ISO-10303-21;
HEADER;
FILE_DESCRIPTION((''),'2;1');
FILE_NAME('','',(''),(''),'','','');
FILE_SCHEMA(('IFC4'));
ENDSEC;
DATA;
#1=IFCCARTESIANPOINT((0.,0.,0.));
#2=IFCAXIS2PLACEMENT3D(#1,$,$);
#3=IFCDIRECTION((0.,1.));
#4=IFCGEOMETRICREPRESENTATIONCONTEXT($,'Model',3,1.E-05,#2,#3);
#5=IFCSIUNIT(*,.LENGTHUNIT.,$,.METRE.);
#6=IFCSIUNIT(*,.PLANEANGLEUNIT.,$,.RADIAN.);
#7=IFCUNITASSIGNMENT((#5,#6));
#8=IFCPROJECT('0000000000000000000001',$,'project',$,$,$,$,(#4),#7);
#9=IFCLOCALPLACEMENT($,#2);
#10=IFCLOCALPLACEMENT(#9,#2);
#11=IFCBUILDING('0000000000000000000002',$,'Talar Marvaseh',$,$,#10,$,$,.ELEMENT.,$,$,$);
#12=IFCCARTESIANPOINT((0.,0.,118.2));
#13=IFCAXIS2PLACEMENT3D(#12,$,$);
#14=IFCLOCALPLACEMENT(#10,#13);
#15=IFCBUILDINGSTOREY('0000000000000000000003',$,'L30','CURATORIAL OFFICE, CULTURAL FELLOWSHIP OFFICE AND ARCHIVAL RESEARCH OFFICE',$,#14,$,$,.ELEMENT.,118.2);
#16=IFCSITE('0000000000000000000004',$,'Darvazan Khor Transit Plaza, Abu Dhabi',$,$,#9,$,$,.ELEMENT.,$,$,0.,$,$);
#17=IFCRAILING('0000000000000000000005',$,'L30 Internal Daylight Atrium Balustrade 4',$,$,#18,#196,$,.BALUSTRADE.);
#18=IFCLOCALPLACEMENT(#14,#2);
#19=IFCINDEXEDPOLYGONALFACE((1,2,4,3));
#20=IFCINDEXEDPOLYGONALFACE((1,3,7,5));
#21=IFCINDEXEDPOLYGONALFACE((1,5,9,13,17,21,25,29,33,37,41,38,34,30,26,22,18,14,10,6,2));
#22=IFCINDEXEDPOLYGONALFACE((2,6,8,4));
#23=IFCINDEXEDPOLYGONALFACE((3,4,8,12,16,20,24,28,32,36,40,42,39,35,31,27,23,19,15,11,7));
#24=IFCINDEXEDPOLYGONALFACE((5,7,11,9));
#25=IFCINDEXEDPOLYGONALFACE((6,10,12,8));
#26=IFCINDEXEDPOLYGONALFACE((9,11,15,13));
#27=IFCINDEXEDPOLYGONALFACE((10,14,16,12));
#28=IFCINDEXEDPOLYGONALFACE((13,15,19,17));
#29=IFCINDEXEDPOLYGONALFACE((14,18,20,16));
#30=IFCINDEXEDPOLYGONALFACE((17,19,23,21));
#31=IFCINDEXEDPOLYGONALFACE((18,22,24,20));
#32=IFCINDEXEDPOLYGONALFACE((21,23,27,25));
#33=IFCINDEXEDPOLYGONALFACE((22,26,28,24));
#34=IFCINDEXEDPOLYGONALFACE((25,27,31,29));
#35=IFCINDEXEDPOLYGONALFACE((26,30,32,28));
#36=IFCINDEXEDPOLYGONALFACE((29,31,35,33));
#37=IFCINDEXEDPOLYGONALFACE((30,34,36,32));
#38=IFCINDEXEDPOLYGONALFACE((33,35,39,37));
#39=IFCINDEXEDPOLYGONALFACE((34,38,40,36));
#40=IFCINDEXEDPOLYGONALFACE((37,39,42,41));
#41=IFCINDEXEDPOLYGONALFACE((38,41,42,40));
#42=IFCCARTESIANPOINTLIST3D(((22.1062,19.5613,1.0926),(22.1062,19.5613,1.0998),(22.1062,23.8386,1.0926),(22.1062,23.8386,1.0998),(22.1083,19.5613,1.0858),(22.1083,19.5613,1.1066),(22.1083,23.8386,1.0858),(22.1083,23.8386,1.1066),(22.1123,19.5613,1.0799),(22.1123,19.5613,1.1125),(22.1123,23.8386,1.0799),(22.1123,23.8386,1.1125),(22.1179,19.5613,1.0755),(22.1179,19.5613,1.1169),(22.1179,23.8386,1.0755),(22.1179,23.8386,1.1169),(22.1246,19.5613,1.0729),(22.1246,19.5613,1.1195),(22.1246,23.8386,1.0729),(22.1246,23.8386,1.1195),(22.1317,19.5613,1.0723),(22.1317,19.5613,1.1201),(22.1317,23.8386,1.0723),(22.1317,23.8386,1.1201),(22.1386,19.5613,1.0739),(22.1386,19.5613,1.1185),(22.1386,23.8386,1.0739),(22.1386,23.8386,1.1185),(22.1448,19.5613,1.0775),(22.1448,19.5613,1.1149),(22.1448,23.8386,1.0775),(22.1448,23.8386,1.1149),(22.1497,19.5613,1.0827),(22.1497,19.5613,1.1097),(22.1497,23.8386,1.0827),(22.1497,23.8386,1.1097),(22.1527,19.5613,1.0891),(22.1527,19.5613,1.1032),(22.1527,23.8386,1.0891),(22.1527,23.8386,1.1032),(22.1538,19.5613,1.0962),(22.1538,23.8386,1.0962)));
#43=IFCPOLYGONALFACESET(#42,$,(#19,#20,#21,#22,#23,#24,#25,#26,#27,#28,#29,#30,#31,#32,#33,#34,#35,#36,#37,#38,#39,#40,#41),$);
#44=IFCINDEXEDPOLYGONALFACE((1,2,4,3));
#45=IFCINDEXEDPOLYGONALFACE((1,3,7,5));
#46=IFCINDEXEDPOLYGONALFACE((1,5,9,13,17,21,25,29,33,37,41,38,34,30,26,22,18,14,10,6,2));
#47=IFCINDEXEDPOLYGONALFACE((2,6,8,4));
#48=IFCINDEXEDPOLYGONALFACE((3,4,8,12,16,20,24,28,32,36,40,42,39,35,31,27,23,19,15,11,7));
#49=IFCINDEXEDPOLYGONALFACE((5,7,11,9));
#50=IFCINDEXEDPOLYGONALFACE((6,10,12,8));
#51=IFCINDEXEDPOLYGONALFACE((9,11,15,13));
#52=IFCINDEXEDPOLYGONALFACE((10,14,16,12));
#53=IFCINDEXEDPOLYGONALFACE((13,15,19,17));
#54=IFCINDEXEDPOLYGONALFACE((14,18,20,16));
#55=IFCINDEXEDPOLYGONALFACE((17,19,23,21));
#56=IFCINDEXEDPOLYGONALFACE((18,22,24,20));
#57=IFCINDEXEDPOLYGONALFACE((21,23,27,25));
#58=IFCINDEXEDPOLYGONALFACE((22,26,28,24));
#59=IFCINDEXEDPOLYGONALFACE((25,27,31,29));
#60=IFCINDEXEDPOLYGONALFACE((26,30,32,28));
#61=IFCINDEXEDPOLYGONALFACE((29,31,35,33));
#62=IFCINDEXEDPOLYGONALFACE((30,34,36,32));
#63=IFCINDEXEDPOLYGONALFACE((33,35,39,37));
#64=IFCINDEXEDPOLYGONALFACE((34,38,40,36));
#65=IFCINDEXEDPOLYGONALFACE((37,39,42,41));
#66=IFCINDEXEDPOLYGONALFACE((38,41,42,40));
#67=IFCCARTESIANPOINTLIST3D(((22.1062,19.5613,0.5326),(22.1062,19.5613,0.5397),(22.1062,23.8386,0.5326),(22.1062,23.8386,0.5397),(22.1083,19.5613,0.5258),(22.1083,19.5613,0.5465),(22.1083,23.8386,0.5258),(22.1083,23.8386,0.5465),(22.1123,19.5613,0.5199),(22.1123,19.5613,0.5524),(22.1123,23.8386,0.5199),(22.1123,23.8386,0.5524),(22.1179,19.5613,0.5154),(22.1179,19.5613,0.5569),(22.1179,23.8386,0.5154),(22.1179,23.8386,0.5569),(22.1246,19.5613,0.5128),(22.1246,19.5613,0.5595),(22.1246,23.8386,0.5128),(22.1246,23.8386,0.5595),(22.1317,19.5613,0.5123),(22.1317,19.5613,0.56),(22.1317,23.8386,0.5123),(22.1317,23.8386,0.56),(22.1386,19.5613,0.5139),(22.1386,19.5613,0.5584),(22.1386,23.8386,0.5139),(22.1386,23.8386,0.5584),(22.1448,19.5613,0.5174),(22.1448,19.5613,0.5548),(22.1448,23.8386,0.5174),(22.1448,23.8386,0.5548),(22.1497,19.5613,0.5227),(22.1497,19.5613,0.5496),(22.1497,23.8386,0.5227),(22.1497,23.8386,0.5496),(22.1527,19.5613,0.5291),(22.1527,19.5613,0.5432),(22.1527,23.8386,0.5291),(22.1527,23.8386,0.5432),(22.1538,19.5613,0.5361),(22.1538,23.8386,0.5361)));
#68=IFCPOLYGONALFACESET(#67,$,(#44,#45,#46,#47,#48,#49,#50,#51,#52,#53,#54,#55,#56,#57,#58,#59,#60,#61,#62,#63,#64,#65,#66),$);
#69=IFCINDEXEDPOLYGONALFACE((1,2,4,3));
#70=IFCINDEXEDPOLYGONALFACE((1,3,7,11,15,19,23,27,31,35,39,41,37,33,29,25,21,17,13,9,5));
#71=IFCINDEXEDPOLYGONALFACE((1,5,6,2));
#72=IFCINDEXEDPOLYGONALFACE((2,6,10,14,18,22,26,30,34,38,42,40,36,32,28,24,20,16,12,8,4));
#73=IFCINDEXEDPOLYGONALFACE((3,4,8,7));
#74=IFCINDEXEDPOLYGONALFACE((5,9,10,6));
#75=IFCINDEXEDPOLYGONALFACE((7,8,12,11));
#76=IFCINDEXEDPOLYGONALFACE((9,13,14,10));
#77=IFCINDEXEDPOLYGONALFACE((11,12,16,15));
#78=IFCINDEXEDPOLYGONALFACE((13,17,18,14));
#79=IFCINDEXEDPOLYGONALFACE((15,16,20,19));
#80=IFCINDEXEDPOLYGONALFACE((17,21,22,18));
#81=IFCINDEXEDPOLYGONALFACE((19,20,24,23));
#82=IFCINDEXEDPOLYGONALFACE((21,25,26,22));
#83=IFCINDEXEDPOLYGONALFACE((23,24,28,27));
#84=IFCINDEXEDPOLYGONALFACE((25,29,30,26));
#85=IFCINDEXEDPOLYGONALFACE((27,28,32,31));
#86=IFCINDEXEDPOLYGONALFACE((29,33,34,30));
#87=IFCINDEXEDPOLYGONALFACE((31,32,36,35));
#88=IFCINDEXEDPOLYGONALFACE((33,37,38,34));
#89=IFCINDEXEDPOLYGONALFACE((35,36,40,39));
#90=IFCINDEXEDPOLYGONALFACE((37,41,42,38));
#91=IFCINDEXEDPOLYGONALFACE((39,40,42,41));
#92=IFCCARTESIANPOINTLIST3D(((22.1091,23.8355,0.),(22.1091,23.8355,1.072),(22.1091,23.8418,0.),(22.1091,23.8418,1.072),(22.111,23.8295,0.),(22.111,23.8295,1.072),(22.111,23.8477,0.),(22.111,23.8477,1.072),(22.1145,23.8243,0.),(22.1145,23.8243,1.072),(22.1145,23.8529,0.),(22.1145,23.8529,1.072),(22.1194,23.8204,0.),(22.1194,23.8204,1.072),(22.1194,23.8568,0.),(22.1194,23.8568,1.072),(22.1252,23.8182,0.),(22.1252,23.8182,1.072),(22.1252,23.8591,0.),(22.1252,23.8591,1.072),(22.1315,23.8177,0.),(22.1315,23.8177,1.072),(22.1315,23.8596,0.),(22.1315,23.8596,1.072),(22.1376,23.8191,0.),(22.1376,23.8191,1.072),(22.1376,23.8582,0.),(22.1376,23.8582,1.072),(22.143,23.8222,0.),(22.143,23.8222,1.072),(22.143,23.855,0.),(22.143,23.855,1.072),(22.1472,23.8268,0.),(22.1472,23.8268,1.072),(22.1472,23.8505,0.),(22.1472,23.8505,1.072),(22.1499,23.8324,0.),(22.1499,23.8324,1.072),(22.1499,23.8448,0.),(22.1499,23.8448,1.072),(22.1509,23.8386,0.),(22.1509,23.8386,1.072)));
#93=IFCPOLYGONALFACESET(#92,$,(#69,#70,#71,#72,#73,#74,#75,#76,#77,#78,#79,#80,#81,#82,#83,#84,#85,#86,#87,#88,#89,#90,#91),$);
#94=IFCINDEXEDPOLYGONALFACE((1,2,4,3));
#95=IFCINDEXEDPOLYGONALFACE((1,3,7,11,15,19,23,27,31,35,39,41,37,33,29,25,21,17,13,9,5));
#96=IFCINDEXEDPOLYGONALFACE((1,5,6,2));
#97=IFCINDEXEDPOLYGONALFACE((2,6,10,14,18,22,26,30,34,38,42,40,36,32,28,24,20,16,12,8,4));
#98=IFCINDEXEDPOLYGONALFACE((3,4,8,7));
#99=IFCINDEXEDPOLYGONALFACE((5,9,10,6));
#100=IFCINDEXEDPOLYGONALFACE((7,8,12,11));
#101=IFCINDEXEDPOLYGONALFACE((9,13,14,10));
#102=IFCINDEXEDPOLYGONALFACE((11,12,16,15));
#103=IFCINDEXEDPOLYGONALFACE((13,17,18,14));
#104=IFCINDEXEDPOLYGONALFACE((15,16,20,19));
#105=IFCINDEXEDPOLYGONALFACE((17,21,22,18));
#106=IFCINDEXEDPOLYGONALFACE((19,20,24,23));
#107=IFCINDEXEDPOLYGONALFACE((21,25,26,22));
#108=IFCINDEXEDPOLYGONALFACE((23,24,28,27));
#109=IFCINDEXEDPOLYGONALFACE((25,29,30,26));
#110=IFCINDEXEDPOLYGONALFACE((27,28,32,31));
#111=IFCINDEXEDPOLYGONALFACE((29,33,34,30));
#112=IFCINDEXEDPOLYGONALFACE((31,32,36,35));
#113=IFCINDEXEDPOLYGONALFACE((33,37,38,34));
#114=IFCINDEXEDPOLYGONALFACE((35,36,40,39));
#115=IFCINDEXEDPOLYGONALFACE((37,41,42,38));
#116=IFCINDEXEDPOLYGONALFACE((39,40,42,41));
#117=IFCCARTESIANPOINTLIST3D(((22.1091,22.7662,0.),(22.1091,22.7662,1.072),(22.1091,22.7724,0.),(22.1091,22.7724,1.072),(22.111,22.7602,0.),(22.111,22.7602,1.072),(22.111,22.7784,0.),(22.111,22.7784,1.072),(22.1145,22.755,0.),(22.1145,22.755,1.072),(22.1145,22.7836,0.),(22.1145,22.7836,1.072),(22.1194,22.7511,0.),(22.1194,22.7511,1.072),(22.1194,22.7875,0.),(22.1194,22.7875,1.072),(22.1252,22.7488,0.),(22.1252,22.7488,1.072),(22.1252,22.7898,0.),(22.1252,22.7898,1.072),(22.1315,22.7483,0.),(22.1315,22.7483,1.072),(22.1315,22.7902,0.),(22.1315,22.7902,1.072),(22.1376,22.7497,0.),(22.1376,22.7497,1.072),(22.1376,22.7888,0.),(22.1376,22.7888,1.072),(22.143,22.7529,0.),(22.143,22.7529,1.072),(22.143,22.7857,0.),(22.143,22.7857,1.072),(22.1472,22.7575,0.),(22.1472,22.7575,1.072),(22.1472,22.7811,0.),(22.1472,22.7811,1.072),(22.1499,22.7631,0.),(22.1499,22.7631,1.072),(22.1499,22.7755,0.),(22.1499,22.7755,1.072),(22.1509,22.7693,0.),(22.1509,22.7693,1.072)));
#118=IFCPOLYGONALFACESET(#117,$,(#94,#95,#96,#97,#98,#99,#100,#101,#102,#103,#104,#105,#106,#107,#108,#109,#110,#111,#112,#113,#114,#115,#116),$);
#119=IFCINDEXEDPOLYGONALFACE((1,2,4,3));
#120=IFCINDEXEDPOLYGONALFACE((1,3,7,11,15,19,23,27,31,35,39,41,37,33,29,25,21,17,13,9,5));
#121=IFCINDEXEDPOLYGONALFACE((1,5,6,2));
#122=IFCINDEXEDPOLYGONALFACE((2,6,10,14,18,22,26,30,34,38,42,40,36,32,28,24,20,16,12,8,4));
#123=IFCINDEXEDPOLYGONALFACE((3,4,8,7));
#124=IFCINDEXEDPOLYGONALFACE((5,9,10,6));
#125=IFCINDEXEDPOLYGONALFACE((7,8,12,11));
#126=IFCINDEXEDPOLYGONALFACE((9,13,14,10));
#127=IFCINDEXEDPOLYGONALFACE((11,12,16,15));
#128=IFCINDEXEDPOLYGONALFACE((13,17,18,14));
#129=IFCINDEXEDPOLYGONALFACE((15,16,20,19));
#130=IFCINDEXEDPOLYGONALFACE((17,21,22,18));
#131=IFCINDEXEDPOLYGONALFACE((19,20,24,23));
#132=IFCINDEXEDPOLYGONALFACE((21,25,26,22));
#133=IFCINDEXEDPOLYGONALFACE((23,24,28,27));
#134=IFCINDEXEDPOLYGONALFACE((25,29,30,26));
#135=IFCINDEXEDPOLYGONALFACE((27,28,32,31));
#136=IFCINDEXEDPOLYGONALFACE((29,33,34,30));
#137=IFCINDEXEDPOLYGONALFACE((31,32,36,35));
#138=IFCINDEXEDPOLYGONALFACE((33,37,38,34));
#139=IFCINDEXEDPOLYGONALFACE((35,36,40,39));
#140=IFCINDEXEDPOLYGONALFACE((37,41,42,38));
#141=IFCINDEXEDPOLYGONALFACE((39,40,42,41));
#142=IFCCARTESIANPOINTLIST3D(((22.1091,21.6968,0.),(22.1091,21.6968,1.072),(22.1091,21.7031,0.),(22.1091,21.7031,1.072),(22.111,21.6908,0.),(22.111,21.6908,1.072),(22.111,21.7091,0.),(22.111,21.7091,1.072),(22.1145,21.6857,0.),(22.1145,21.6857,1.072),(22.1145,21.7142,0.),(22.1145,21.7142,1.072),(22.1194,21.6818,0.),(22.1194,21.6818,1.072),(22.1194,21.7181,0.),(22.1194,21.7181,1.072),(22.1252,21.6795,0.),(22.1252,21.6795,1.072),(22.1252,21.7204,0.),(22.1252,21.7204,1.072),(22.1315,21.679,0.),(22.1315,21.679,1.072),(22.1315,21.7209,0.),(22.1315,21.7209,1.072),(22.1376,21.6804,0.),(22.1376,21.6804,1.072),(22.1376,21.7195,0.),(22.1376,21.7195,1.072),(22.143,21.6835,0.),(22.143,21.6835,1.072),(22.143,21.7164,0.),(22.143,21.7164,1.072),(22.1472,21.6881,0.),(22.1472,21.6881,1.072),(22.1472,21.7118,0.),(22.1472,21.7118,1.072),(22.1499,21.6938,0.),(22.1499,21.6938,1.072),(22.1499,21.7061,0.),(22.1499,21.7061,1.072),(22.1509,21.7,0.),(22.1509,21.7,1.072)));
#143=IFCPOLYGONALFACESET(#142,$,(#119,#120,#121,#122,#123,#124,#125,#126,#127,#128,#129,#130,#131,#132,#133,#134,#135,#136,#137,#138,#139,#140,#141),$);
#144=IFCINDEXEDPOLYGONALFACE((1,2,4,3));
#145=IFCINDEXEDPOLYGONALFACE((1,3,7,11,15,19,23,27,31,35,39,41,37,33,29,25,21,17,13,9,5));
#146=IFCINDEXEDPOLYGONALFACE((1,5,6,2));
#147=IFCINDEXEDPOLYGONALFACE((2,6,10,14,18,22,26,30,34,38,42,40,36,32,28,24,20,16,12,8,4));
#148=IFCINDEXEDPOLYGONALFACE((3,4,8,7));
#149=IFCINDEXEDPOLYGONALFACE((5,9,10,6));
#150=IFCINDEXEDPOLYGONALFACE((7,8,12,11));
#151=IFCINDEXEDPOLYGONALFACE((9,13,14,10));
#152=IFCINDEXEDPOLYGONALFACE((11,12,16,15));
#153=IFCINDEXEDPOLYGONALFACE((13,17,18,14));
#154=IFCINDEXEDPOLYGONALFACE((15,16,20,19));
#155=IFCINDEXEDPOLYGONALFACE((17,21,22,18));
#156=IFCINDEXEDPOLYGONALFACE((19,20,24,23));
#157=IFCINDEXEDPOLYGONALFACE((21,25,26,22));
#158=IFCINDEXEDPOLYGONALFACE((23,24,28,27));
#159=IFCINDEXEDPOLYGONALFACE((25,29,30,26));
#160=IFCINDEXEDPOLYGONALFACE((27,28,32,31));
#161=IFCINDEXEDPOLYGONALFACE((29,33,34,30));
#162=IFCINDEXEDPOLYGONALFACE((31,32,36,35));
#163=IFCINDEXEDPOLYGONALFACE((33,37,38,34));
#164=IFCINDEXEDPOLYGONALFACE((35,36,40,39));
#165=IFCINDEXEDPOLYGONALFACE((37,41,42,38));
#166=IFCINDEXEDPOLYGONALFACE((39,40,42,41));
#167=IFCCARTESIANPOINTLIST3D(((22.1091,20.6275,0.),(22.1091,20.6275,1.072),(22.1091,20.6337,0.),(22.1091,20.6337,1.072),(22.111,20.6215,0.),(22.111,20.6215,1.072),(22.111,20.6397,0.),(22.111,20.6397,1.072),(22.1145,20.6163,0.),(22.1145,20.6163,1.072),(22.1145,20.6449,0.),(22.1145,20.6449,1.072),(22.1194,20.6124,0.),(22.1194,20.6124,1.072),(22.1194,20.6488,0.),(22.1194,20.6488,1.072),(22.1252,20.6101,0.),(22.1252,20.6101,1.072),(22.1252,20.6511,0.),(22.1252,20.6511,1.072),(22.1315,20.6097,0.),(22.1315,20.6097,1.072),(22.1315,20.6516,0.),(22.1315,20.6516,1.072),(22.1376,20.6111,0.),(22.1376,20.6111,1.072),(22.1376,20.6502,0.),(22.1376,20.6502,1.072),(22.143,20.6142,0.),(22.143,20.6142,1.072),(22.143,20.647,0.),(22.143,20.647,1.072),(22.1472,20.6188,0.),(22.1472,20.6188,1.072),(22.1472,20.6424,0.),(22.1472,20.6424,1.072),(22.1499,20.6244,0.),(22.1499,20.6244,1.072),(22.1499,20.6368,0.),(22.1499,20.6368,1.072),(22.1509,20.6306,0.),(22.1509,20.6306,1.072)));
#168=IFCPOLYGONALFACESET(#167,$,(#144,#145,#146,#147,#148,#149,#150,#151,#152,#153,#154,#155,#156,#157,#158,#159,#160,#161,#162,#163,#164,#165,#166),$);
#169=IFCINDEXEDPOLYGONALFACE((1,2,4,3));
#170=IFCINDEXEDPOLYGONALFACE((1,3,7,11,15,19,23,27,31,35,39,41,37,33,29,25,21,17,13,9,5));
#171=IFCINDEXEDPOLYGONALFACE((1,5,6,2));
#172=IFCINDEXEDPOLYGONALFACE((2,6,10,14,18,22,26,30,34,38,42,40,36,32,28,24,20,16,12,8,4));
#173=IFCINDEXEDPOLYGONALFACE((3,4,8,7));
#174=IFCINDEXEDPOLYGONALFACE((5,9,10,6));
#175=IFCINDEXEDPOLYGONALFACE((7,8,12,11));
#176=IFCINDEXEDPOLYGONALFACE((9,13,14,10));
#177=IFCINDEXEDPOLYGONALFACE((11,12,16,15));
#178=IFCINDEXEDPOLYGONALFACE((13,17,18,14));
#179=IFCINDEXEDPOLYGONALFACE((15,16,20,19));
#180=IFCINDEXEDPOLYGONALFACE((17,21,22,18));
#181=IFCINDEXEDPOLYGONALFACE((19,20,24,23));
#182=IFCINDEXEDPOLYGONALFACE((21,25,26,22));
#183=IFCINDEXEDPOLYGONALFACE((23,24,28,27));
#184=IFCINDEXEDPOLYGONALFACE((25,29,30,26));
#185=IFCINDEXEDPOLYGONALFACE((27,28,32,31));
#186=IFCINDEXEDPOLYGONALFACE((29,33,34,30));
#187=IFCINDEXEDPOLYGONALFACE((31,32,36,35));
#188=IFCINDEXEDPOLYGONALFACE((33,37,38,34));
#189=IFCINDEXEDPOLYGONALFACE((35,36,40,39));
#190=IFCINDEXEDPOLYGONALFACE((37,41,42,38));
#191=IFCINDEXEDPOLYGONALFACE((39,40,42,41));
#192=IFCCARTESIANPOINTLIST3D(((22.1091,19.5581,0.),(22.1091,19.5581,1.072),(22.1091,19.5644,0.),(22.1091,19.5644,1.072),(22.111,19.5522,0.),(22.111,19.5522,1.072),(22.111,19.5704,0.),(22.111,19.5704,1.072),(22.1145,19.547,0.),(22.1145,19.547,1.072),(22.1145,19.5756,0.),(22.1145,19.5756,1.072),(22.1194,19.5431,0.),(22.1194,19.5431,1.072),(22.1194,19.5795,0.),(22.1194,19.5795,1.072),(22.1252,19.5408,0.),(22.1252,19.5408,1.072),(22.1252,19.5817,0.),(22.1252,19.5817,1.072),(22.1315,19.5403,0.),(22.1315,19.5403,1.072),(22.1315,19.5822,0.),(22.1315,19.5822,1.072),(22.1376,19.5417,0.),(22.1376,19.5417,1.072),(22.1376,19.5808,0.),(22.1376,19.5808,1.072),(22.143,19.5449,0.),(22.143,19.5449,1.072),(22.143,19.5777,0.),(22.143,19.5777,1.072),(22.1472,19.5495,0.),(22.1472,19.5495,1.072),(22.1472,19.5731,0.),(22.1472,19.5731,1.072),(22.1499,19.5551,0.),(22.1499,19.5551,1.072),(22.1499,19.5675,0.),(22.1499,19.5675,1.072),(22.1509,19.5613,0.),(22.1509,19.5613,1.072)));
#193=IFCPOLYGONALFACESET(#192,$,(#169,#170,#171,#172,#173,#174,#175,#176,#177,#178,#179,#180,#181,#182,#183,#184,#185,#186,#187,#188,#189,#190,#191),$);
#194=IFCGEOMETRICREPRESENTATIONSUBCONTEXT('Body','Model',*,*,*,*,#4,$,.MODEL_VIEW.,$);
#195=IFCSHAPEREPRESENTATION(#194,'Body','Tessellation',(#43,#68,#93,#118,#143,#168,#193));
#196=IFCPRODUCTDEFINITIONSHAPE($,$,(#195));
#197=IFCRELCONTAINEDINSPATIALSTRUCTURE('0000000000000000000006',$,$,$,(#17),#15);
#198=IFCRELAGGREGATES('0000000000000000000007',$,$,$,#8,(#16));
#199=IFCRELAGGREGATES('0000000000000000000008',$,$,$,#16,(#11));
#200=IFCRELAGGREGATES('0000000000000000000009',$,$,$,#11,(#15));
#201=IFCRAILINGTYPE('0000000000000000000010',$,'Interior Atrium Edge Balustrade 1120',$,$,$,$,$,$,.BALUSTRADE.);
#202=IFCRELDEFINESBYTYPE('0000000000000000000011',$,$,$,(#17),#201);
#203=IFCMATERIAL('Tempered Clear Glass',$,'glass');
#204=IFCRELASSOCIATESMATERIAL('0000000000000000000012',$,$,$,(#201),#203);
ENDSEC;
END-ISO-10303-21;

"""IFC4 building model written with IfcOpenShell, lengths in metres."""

from ifc_helpers import new_model, si_unit, direction, frame, origin, origin_2d, place, context, subcontext, project, spatial, circle, extrude, material, type_object, element, save


model = new_model("IFC4")

# Units and contexts
model_context = context("Model", 3, precision=1e-05, world=origin(), true_north=direction((0.0, 1.0)))
body_context = subcontext(model_context, "Body", "Model", "MODEL_VIEW")
ifc_project = project(units=[si_unit("LENGTHUNIT", "METRE"), si_unit("PLANEANGLEUNIT", "RADIAN")], contexts=[model_context])

# Site, building, storey
site_placement = place(None, origin())
site = spatial("IfcSite", under=ifc_project, at=site_placement, Name="Darvazan Khor Transit Plaza, Abu Dhabi", CompositionType="ELEMENT", RefElevation=0.0)
building_placement = place(site_placement, origin())
building = spatial("IfcBuilding", under=site, at=building_placement, Name="Talar Marvaseh", CompositionType="ELEMENT")
storey_placement = place(building_placement, frame((0.0, 0.0, 118.2)))
storey = spatial("IfcBuildingStorey", under=building, at=storey_placement, Name="L30", Description="CURATORIAL OFFICE, CULTURAL FELLOWSHIP OFFICE AND ARCHIVAL RESEARCH OFFICE", CompositionType="ELEMENT", Elevation=118.2)

# Railing
ifc_material_1 = material(Name="Tempered Clear Glass", Category="glass")
railing_type_1 = type_object("IfcRailingType", Name="Interior Atrium Edge Balustrade 1120", PredefinedType="BALUSTRADE", material=ifc_material_1)
railing_1_placement = place(storey_placement, frame((22.1299, 23.8386, 0.0)))
element("IfcRailing", 1, at=railing_1_placement, inside=storey, type_object=railing_type_1, Name="L30 Internal Daylight Atrium Balustrade 4", PredefinedType="BALUSTRADE", context=body_context, shape_type="SweptSolid", body=[
    extrude(circle(Radius=0.0239, at=origin_2d()), frame((0.0, 0.0, 1.0962), z_axis=(0.0, -1.0, 0.0), x_axis=(1.0, 0.0, 0.0)), (0.0, 0.0, 1.0), 4.2773),
    extrude(circle(Radius=0.0239, at=origin_2d()), frame((0.0, 0.0, 0.5361), z_axis=(0.0, -1.0, 0.0), x_axis=(1.0, 0.0, 0.0)), (0.0, 0.0, 1.0), 4.2773),
    extrude(circle(Radius=0.021, at=origin_2d()), origin(), (0.0, 0.0, 1.0), 1.072),
    extrude(circle(Radius=0.021, at=origin_2d()), frame((0.0, -1.0693, 0.0)), (0.0, 0.0, 1.0), 1.072),
    extrude(circle(Radius=0.021, at=origin_2d()), frame((0.0, -2.1387, 0.0)), (0.0, 0.0, 1.0), 1.072),
    extrude(circle(Radius=0.021, at=origin_2d()), frame((0.0, -3.208, 0.0)), (0.0, 0.0, 1.0), 1.072),
    extrude(circle(Radius=0.021, at=origin_2d()), frame((0.0, -4.2773, 0.0)), (0.0, 0.0, 1.0), 1.072),
])

save(model, "model.ifc")
